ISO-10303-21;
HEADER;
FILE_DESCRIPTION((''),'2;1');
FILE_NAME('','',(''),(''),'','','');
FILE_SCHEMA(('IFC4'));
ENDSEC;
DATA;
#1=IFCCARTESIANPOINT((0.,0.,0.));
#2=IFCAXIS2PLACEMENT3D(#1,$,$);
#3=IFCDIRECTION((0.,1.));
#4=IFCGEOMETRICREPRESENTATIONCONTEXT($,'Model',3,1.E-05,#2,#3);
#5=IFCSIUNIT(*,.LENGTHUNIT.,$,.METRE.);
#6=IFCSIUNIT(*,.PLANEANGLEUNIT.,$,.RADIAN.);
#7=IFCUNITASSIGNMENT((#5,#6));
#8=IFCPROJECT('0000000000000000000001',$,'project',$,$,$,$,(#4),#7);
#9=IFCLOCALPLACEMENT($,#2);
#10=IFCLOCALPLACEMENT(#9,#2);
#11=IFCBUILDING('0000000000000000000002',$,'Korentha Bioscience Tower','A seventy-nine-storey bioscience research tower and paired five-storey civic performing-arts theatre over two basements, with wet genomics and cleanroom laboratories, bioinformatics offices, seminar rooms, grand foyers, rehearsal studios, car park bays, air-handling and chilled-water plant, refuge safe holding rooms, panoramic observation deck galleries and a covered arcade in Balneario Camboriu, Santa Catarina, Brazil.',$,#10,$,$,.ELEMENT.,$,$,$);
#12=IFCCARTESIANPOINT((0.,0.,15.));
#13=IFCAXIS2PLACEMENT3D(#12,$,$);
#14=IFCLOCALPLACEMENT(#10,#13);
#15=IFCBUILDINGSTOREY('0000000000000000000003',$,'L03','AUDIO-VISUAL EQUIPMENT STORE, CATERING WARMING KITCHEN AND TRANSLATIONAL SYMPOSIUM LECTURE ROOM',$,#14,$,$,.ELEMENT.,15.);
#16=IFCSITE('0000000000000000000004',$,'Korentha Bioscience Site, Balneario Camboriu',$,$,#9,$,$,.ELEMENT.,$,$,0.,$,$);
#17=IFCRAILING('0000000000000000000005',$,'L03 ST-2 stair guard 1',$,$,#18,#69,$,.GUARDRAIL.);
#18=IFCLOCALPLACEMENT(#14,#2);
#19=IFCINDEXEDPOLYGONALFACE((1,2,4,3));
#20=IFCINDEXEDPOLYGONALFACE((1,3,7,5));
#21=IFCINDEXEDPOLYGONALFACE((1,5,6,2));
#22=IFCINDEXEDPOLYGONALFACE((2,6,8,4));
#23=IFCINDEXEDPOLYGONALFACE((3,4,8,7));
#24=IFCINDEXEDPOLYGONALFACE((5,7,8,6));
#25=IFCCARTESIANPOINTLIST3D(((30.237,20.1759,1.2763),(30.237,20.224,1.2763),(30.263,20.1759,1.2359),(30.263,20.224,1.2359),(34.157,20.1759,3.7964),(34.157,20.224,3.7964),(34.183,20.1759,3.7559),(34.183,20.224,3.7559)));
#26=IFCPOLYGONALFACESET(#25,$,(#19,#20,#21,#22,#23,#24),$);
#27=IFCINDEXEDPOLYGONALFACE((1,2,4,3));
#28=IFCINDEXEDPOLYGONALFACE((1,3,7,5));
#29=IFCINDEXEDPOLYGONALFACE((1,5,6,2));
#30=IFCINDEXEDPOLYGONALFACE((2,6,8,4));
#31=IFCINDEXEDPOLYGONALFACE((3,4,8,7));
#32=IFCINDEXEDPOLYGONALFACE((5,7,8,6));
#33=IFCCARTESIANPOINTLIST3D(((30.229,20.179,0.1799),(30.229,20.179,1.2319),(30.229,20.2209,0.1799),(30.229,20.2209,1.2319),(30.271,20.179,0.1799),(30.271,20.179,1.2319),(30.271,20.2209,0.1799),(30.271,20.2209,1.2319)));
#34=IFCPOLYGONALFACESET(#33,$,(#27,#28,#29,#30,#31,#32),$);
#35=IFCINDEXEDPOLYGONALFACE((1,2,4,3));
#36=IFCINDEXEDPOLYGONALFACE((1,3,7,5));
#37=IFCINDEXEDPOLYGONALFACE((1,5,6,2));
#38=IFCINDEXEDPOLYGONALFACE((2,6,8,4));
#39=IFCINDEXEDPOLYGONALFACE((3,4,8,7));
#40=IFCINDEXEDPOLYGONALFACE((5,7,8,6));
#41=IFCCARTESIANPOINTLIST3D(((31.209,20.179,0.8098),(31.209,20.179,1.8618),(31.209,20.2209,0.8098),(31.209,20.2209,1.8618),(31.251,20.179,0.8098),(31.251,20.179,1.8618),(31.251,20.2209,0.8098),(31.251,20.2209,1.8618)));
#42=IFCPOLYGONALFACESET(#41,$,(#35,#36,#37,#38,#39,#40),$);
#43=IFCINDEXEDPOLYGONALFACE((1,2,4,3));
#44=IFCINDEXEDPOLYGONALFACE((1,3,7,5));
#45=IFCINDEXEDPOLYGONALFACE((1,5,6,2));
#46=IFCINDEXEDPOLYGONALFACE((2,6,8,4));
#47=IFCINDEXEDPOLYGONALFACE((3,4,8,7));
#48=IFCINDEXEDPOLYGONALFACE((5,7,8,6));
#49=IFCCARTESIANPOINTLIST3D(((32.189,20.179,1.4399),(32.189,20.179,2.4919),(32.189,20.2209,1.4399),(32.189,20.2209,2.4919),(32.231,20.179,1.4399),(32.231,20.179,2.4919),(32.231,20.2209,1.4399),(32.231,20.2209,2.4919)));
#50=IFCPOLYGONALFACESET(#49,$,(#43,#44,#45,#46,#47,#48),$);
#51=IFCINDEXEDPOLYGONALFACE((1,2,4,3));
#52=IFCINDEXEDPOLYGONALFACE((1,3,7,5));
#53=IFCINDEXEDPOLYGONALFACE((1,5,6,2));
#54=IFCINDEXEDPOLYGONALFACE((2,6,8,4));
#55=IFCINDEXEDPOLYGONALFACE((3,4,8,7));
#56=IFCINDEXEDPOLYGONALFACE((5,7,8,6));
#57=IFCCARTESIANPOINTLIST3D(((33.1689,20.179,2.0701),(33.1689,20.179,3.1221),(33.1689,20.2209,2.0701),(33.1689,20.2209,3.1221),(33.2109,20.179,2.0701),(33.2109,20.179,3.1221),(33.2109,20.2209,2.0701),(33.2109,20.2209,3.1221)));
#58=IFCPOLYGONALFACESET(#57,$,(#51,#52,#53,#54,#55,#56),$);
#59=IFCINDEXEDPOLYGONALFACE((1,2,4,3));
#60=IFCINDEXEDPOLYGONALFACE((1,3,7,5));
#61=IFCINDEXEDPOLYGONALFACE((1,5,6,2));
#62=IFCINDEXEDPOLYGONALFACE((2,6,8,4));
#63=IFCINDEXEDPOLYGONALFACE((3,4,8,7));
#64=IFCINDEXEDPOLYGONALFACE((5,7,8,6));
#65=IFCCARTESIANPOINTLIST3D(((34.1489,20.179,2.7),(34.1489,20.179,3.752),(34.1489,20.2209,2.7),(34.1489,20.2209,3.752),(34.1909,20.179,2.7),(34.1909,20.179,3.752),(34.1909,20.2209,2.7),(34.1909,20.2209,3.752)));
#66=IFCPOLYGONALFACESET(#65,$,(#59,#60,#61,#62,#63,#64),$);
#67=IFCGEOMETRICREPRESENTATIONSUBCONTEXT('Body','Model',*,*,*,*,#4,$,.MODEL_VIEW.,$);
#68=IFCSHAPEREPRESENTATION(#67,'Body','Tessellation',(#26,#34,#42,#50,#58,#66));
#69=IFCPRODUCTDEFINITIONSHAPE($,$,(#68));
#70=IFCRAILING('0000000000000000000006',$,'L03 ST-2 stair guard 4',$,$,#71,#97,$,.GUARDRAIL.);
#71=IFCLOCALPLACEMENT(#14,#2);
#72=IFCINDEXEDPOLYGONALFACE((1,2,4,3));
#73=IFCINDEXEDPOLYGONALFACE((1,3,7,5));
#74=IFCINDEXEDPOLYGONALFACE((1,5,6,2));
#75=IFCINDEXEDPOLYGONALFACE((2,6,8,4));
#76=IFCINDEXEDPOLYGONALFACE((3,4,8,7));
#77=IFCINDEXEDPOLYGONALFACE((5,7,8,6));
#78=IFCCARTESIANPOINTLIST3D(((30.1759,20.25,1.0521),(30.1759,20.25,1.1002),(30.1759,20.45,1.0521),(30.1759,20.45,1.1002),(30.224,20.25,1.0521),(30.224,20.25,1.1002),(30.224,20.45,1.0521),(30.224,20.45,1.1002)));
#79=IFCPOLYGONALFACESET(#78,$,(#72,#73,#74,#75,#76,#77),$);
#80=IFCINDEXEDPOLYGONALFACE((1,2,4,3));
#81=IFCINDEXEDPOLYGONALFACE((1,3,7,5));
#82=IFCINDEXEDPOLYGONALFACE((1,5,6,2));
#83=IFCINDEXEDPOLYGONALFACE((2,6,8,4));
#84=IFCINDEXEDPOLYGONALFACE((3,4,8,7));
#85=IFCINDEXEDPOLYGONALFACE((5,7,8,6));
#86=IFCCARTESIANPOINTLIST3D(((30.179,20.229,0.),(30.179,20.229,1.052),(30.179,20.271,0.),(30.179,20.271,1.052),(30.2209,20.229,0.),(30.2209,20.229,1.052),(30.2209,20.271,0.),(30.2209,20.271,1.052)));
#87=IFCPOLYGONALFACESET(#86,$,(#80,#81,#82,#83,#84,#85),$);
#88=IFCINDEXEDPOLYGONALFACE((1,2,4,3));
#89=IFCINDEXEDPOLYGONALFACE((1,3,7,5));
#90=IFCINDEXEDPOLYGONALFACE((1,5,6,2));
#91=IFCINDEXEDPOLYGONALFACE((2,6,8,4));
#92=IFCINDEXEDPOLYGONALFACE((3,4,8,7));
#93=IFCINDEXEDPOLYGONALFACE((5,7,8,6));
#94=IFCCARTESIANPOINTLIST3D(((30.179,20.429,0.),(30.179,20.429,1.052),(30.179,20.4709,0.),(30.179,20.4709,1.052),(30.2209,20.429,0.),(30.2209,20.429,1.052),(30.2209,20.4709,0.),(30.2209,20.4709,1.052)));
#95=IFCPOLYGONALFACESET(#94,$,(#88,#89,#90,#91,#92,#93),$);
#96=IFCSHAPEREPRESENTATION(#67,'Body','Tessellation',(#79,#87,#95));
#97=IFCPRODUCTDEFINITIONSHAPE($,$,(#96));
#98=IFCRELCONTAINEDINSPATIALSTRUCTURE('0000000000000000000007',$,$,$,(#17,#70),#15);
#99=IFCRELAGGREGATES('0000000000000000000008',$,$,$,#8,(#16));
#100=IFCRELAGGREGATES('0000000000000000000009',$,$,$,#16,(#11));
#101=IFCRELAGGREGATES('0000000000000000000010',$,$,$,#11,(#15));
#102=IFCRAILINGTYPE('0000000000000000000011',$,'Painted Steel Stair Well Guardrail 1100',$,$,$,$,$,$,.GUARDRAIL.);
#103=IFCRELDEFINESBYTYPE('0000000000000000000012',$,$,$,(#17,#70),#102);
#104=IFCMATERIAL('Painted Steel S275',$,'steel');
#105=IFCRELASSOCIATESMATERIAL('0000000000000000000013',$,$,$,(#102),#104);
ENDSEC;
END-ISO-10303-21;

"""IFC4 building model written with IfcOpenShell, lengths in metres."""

from ifc_helpers import new_model, si_unit, direction, frame, origin, origin_2d, place, context, subcontext, project, spatial, rectangle, extrude, material, type_object, element, save


model = new_model("IFC4")

# Units and contexts
model_context = context("Model", 3, precision=1e-05, world=origin(), true_north=direction((0.0, 1.0)))
body_context = subcontext(model_context, "Body", "Model", "MODEL_VIEW")
ifc_project = project(units=[si_unit("LENGTHUNIT", "METRE"), si_unit("PLANEANGLEUNIT", "RADIAN")], contexts=[model_context])

# Site, building, storey
site_placement = place(None, origin())
site = spatial("IfcSite", under=ifc_project, at=site_placement, Name="Korentha Bioscience Site, Balneario Camboriu", CompositionType="ELEMENT", RefElevation=0.0)
building_placement = place(site_placement, origin())
building = spatial("IfcBuilding", under=site, at=building_placement, Name="Korentha Bioscience Tower", Description="A seventy-nine-storey bioscience research tower and paired five-storey civic performing-arts theatre over two basements, with wet genomics and cleanroom laboratories, bioinformatics offices, seminar rooms, grand foyers, rehearsal studios, car park bays, air-handling and chilled-water plant, refuge safe holding rooms, panoramic observation deck galleries and a covered arcade in Balneario Camboriu, Santa Catarina, Brazil.", CompositionType="ELEMENT")
storey_placement = place(building_placement, frame((0.0, 0.0, 15.0)))
storey = spatial("IfcBuildingStorey", under=building, at=storey_placement, Name="L03", Description="AUDIO-VISUAL EQUIPMENT STORE, CATERING WARMING KITCHEN AND TRANSLATIONAL SYMPOSIUM LECTURE ROOM", CompositionType="ELEMENT", Elevation=15.0)

# Railings
ifc_material_1 = material(Name="Painted Steel S275", Category="steel")
railing_type_1 = type_object("IfcRailingType", Name="Painted Steel Stair Well Guardrail 1100", PredefinedType="GUARDRAIL", material=ifc_material_1)
railing_1_placement = place(storey_placement, frame((30.25, 20.2, 0.1799)))
element("IfcRailing", 1, at=railing_1_placement, inside=storey, type_object=railing_type_1, Name="L03 ST-2 stair guard 1", PredefinedType="GUARDRAIL", context=body_context, shape_type="SweptSolid", body=[
    extrude(rectangle(XDim=0.0481, YDim=0.0481, at=origin_2d()), frame((0.0, 0.0, 1.0762), z_axis=(0.841172, 0.0, 0.540768), x_axis=(0.0, 1.0, 0.0)), (0.0, 0.0, 1.0), 4.6602),
    extrude(rectangle(XDim=0.042, YDim=0.042, at=origin_2d()), origin(), (0.0, 0.0, 1.0), 1.052),
    extrude(rectangle(XDim=0.042, YDim=0.042, at=origin_2d()), frame((0.98, 0.0, 0.6299)), (0.0, 0.0, 1.0), 1.052),
    extrude(rectangle(XDim=0.042, YDim=0.042, at=origin_2d()), frame((1.96, 0.0, 1.26)), (0.0, 0.0, 1.0), 1.052),
    extrude(rectangle(XDim=0.042, YDim=0.042, at=origin_2d()), frame((2.9399, 0.0, 1.8901)), (0.0, 0.0, 1.0), 1.052),
    extrude(rectangle(XDim=0.042, YDim=0.042, at=origin_2d()), frame((3.9199, 0.0, 2.52)), (0.0, 0.0, 1.0), 1.052),
])
railing_2_placement = place(storey_placement, frame((30.2, 20.25, 0.0)))
element("IfcRailing", 2, at=railing_2_placement, inside=storey, type_object=railing_type_1, Name="L03 ST-2 stair guard 4", PredefinedType="GUARDRAIL", context=body_context, shape_type="SweptSolid", body=[
    extrude(rectangle(XDim=0.0481, YDim=0.0481, at=origin_2d()), frame((0.0, 0.0, 1.0762), z_axis=(0.0, 1.0, 0.0), x_axis=(-1.0, 0.0, 0.0)), (0.0, 0.0, 1.0), 0.2),
    extrude(rectangle(XDim=0.042, YDim=0.042, at=origin_2d()), origin(), (0.0, 0.0, 1.0), 1.052),
    extrude(rectangle(XDim=0.042, YDim=0.042, at=origin_2d()), frame((0.0, 0.2, 0.0)), (0.0, 0.0, 1.0), 1.052),
])

save(model, "model.ifc")
